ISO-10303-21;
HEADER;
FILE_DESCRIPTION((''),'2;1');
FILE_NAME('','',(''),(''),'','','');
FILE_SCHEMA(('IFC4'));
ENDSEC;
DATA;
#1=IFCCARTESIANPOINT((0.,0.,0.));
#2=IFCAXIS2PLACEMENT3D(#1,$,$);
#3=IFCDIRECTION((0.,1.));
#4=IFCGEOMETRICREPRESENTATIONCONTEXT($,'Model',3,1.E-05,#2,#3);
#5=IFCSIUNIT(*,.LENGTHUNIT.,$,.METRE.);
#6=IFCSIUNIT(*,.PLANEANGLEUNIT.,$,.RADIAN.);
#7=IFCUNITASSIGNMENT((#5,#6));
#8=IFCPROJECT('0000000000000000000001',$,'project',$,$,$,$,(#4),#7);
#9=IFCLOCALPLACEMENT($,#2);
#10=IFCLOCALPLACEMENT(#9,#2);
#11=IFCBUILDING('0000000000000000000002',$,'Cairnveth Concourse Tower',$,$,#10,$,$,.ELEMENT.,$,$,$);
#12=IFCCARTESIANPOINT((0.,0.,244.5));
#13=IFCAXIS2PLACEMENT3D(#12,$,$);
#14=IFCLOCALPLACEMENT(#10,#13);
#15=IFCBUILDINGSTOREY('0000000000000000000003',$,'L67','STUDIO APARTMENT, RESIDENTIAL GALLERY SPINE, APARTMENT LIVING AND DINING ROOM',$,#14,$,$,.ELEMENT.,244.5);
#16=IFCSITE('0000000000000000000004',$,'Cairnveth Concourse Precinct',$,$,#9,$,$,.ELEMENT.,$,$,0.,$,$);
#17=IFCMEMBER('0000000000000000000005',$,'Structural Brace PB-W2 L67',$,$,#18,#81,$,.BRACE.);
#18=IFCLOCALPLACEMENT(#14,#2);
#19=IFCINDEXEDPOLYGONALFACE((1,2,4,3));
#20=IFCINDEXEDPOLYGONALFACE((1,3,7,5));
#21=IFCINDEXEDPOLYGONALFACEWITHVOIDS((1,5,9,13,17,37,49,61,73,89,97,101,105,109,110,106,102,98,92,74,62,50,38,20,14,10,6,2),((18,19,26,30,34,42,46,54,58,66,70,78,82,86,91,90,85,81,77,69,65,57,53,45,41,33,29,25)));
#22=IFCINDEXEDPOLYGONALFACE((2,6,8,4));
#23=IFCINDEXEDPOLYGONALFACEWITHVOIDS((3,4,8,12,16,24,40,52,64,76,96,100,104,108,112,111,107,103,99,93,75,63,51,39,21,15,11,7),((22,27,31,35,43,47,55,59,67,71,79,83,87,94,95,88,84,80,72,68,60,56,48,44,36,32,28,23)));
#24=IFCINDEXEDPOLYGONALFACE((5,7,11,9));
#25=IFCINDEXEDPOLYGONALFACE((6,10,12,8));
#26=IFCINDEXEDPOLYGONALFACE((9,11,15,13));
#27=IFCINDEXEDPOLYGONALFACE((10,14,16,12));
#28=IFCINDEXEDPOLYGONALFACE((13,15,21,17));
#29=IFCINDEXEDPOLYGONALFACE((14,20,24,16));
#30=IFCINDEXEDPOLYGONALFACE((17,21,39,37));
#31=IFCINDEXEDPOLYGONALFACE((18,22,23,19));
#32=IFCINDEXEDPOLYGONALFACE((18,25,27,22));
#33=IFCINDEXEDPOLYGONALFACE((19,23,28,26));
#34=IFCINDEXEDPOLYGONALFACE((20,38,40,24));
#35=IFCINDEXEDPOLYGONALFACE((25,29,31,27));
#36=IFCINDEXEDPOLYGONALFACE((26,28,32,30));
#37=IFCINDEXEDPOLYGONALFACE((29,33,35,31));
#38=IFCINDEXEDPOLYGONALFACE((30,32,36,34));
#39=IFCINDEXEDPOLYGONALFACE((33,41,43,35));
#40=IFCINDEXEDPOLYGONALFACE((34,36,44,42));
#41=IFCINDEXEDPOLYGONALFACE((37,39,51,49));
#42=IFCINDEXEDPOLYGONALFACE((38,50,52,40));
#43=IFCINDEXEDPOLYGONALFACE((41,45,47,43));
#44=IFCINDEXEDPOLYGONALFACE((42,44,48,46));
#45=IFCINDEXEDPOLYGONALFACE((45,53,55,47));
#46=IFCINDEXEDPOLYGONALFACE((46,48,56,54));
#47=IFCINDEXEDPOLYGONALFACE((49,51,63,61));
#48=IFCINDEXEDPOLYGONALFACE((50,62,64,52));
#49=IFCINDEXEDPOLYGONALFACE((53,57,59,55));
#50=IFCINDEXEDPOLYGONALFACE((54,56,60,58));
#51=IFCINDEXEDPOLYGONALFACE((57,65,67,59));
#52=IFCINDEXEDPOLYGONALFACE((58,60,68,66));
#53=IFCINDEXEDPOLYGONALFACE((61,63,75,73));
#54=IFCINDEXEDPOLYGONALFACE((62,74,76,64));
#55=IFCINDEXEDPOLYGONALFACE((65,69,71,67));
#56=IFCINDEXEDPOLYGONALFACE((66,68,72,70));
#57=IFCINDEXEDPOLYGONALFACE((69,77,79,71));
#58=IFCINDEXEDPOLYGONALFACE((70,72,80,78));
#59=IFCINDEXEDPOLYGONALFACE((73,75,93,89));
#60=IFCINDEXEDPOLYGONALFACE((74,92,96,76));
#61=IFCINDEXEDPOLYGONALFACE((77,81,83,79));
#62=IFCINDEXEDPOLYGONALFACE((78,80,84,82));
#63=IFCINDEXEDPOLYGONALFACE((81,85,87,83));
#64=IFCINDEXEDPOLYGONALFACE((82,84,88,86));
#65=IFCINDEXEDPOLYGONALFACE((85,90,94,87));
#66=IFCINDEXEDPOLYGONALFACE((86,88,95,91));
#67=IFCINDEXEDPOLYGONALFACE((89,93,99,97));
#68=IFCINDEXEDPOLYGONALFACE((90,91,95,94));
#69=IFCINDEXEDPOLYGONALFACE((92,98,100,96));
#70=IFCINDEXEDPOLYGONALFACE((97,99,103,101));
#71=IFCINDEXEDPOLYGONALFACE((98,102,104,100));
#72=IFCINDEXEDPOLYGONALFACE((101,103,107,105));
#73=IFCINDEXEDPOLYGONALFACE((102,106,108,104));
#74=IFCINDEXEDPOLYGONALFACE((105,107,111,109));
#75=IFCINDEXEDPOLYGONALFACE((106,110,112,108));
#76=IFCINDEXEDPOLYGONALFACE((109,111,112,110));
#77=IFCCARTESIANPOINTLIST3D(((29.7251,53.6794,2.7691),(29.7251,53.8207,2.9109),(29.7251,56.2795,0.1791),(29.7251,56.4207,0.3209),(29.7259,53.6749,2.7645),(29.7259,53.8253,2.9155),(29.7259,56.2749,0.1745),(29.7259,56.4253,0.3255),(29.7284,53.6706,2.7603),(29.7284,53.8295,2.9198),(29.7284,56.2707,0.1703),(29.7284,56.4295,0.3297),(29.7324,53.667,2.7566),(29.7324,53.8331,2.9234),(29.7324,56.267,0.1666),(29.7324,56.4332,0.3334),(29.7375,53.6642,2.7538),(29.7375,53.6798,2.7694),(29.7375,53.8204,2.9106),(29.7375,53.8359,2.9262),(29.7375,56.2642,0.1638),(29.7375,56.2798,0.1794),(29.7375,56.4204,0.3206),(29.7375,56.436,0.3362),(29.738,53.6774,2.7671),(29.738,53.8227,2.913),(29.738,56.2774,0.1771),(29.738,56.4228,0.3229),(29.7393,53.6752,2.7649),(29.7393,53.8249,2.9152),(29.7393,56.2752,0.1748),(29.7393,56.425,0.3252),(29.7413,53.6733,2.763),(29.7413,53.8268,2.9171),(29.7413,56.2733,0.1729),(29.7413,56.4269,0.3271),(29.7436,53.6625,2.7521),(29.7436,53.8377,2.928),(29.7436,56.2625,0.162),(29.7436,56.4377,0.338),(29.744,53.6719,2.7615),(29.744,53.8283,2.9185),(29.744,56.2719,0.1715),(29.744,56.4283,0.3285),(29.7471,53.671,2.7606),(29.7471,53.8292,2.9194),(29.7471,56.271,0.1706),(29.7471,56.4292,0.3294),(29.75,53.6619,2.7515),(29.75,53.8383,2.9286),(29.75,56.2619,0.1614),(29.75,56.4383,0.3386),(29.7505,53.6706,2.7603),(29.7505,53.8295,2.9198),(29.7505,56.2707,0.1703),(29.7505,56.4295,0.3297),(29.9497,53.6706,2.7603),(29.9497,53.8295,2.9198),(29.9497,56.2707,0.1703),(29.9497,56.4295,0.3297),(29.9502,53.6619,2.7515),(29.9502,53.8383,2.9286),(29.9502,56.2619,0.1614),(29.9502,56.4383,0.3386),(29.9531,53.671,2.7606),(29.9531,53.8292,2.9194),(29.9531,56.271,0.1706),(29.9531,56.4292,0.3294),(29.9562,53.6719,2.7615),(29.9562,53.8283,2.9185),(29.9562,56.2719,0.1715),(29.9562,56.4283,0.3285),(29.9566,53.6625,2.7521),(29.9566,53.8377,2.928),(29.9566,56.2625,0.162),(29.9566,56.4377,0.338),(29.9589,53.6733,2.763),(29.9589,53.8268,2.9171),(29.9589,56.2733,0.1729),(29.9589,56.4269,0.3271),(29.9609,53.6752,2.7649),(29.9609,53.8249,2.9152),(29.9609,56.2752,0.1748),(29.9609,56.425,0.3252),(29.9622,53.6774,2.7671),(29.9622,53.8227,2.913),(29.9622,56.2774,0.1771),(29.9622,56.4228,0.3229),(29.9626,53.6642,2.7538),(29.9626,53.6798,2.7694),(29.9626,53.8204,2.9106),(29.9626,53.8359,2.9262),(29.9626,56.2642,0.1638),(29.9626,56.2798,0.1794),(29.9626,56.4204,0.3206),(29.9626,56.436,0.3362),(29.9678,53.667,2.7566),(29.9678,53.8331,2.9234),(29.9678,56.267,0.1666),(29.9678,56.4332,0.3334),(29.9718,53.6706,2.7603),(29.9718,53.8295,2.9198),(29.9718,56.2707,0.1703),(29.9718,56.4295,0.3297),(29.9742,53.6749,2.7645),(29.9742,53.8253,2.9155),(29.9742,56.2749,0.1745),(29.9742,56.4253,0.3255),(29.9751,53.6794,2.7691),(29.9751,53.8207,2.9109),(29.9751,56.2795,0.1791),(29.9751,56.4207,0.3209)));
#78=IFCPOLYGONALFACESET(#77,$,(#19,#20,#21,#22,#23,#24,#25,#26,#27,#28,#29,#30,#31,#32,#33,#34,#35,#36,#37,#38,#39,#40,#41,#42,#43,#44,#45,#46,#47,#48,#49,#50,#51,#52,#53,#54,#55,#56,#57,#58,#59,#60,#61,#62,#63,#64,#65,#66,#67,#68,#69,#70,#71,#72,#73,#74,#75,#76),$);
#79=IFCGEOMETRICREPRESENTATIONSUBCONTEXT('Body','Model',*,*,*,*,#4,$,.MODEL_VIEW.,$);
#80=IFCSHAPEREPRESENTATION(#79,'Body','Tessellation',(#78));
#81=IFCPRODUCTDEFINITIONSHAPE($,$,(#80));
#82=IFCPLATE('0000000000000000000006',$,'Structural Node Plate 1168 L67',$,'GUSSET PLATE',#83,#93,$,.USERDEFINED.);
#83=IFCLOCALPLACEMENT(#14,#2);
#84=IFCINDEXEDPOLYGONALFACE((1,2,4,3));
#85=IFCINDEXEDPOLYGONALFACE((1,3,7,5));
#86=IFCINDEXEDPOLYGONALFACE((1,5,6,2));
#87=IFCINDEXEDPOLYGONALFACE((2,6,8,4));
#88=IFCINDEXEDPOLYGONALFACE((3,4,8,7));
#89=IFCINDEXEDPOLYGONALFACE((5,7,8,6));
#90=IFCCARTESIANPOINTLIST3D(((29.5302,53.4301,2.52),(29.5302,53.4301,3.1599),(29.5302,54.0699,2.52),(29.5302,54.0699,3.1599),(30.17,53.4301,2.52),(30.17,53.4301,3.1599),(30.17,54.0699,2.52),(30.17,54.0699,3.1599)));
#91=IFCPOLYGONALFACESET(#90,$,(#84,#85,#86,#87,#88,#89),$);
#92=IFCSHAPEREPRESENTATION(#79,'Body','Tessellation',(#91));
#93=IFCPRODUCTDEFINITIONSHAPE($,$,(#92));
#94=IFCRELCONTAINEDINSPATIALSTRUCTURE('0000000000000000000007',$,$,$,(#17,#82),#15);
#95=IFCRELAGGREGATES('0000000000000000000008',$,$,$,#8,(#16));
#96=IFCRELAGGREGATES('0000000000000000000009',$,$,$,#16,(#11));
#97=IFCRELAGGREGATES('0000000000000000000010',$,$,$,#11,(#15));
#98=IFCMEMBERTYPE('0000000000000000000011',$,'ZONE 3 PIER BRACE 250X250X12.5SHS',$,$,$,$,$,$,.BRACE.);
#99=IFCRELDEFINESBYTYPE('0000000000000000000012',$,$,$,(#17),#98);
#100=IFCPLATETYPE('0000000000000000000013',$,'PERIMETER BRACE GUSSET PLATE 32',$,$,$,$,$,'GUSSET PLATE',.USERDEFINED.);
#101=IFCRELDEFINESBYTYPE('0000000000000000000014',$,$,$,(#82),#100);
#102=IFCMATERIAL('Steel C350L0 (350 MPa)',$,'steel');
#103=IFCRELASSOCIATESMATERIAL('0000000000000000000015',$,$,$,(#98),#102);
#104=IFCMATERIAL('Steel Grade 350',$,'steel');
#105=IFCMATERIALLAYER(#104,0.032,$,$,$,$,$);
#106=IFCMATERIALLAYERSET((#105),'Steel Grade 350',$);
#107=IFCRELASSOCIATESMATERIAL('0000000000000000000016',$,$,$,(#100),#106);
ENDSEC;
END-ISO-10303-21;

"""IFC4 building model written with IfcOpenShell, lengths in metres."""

from ifc_helpers import new_model, si_unit, direction, frame, origin, origin_2d, place, context, subcontext, project, spatial, rectangle, hollow_rectangle, extrude, material, layer, layer_set, material_profile, profile_set, type_object, element, save


model = new_model("IFC4")

# Units and contexts
model_context = context("Model", 3, precision=1e-05, world=origin(), true_north=direction((0.0, 1.0)))
body_context = subcontext(model_context, "Body", "Model", "MODEL_VIEW")
ifc_project = project(units=[si_unit("LENGTHUNIT", "METRE"), si_unit("PLANEANGLEUNIT", "RADIAN")], contexts=[model_context])

# Site, building, storey
site_placement = place(None, origin())
site = spatial("IfcSite", under=ifc_project, at=site_placement, Name="Cairnveth Concourse Precinct", CompositionType="ELEMENT", RefElevation=0.0)
building_placement = place(site_placement, origin())
building = spatial("IfcBuilding", under=site, at=building_placement, Name="Cairnveth Concourse Tower", CompositionType="ELEMENT")
storey_placement = place(building_placement, frame((0.0, 0.0, 244.5)))
storey = spatial("IfcBuildingStorey", under=building, at=storey_placement, Name="L67", Description="STUDIO APARTMENT, RESIDENTIAL GALLERY SPINE, APARTMENT LIVING AND DINING ROOM", CompositionType="ELEMENT", Elevation=244.5)

# Member
ifc_material_1 = material(Name="Steel C350L0 (350 MPa)", Category="steel")
ifc_material_profile = material_profile(ifc_material_1, hollow_rectangle(XDim=0.25, YDim=0.25, WallThickness=0.0125, InnerFilletRadius=0.0129, OuterFilletRadius=0.0249, at=origin_2d()), Name="250x250x12.5SHS")
ifc_profile_set = profile_set([ifc_material_profile], Name="Steel C350L0 (350 MPa)")
member_type = type_object("IfcMemberType", Name="ZONE 3 PIER BRACE 250X250X12.5SHS", PredefinedType="BRACE", material=ifc_profile_set)
member_placement = place(storey_placement, frame((29.8501, 56.3501, 0.25), z_axis=(0.0, -0.708469, 0.705742), x_axis=(1.0, 0.0, 0.0)))
element("IfcMember", 1, at=member_placement, inside=storey, type_object=member_type, Name="Structural Brace PB-W2 L67", PredefinedType="BRACE", context=body_context, shape_type="SweptSolid", body=[
    extrude(hollow_rectangle(XDim=0.25, YDim=0.25, WallThickness=0.0125, InnerFilletRadius=0.0129, OuterFilletRadius=0.0249, at=origin_2d()), origin(), (0.0, 0.0, 1.0), 3.6699),
])

# Plate
ifc_material_2 = material(Name="Steel Grade 350", Category="steel")
ifc_layer_1 = layer(ifc_material_2, 0.032)
ifc_layer_set_1 = layer_set([ifc_layer_1], Name="Steel Grade 350")
plate_type = type_object("IfcPlateType", Name="PERIMETER BRACE GUSSET PLATE 32", ElementType="GUSSET PLATE", PredefinedType="USERDEFINED", material=ifc_layer_set_1)
plate_placement = place(storey_placement, frame((29.8501, 53.75, 2.52), z_axis=(0.0, 0.0, 1.0), x_axis=(1.0, 0.0, 0.0)))
element("IfcPlate", 2, at=plate_placement, inside=storey, type_object=plate_type, Name="Structural Node Plate 1168 L67", ObjectType="GUSSET PLATE", PredefinedType="USERDEFINED", context=body_context, shape_type="SweptSolid", body=[
    extrude(rectangle(XDim=0.6399, YDim=0.6399, at=origin_2d()), origin(), (0.0, 0.0, 1.0), 0.6399),
])

save(model, "model.ifc")
